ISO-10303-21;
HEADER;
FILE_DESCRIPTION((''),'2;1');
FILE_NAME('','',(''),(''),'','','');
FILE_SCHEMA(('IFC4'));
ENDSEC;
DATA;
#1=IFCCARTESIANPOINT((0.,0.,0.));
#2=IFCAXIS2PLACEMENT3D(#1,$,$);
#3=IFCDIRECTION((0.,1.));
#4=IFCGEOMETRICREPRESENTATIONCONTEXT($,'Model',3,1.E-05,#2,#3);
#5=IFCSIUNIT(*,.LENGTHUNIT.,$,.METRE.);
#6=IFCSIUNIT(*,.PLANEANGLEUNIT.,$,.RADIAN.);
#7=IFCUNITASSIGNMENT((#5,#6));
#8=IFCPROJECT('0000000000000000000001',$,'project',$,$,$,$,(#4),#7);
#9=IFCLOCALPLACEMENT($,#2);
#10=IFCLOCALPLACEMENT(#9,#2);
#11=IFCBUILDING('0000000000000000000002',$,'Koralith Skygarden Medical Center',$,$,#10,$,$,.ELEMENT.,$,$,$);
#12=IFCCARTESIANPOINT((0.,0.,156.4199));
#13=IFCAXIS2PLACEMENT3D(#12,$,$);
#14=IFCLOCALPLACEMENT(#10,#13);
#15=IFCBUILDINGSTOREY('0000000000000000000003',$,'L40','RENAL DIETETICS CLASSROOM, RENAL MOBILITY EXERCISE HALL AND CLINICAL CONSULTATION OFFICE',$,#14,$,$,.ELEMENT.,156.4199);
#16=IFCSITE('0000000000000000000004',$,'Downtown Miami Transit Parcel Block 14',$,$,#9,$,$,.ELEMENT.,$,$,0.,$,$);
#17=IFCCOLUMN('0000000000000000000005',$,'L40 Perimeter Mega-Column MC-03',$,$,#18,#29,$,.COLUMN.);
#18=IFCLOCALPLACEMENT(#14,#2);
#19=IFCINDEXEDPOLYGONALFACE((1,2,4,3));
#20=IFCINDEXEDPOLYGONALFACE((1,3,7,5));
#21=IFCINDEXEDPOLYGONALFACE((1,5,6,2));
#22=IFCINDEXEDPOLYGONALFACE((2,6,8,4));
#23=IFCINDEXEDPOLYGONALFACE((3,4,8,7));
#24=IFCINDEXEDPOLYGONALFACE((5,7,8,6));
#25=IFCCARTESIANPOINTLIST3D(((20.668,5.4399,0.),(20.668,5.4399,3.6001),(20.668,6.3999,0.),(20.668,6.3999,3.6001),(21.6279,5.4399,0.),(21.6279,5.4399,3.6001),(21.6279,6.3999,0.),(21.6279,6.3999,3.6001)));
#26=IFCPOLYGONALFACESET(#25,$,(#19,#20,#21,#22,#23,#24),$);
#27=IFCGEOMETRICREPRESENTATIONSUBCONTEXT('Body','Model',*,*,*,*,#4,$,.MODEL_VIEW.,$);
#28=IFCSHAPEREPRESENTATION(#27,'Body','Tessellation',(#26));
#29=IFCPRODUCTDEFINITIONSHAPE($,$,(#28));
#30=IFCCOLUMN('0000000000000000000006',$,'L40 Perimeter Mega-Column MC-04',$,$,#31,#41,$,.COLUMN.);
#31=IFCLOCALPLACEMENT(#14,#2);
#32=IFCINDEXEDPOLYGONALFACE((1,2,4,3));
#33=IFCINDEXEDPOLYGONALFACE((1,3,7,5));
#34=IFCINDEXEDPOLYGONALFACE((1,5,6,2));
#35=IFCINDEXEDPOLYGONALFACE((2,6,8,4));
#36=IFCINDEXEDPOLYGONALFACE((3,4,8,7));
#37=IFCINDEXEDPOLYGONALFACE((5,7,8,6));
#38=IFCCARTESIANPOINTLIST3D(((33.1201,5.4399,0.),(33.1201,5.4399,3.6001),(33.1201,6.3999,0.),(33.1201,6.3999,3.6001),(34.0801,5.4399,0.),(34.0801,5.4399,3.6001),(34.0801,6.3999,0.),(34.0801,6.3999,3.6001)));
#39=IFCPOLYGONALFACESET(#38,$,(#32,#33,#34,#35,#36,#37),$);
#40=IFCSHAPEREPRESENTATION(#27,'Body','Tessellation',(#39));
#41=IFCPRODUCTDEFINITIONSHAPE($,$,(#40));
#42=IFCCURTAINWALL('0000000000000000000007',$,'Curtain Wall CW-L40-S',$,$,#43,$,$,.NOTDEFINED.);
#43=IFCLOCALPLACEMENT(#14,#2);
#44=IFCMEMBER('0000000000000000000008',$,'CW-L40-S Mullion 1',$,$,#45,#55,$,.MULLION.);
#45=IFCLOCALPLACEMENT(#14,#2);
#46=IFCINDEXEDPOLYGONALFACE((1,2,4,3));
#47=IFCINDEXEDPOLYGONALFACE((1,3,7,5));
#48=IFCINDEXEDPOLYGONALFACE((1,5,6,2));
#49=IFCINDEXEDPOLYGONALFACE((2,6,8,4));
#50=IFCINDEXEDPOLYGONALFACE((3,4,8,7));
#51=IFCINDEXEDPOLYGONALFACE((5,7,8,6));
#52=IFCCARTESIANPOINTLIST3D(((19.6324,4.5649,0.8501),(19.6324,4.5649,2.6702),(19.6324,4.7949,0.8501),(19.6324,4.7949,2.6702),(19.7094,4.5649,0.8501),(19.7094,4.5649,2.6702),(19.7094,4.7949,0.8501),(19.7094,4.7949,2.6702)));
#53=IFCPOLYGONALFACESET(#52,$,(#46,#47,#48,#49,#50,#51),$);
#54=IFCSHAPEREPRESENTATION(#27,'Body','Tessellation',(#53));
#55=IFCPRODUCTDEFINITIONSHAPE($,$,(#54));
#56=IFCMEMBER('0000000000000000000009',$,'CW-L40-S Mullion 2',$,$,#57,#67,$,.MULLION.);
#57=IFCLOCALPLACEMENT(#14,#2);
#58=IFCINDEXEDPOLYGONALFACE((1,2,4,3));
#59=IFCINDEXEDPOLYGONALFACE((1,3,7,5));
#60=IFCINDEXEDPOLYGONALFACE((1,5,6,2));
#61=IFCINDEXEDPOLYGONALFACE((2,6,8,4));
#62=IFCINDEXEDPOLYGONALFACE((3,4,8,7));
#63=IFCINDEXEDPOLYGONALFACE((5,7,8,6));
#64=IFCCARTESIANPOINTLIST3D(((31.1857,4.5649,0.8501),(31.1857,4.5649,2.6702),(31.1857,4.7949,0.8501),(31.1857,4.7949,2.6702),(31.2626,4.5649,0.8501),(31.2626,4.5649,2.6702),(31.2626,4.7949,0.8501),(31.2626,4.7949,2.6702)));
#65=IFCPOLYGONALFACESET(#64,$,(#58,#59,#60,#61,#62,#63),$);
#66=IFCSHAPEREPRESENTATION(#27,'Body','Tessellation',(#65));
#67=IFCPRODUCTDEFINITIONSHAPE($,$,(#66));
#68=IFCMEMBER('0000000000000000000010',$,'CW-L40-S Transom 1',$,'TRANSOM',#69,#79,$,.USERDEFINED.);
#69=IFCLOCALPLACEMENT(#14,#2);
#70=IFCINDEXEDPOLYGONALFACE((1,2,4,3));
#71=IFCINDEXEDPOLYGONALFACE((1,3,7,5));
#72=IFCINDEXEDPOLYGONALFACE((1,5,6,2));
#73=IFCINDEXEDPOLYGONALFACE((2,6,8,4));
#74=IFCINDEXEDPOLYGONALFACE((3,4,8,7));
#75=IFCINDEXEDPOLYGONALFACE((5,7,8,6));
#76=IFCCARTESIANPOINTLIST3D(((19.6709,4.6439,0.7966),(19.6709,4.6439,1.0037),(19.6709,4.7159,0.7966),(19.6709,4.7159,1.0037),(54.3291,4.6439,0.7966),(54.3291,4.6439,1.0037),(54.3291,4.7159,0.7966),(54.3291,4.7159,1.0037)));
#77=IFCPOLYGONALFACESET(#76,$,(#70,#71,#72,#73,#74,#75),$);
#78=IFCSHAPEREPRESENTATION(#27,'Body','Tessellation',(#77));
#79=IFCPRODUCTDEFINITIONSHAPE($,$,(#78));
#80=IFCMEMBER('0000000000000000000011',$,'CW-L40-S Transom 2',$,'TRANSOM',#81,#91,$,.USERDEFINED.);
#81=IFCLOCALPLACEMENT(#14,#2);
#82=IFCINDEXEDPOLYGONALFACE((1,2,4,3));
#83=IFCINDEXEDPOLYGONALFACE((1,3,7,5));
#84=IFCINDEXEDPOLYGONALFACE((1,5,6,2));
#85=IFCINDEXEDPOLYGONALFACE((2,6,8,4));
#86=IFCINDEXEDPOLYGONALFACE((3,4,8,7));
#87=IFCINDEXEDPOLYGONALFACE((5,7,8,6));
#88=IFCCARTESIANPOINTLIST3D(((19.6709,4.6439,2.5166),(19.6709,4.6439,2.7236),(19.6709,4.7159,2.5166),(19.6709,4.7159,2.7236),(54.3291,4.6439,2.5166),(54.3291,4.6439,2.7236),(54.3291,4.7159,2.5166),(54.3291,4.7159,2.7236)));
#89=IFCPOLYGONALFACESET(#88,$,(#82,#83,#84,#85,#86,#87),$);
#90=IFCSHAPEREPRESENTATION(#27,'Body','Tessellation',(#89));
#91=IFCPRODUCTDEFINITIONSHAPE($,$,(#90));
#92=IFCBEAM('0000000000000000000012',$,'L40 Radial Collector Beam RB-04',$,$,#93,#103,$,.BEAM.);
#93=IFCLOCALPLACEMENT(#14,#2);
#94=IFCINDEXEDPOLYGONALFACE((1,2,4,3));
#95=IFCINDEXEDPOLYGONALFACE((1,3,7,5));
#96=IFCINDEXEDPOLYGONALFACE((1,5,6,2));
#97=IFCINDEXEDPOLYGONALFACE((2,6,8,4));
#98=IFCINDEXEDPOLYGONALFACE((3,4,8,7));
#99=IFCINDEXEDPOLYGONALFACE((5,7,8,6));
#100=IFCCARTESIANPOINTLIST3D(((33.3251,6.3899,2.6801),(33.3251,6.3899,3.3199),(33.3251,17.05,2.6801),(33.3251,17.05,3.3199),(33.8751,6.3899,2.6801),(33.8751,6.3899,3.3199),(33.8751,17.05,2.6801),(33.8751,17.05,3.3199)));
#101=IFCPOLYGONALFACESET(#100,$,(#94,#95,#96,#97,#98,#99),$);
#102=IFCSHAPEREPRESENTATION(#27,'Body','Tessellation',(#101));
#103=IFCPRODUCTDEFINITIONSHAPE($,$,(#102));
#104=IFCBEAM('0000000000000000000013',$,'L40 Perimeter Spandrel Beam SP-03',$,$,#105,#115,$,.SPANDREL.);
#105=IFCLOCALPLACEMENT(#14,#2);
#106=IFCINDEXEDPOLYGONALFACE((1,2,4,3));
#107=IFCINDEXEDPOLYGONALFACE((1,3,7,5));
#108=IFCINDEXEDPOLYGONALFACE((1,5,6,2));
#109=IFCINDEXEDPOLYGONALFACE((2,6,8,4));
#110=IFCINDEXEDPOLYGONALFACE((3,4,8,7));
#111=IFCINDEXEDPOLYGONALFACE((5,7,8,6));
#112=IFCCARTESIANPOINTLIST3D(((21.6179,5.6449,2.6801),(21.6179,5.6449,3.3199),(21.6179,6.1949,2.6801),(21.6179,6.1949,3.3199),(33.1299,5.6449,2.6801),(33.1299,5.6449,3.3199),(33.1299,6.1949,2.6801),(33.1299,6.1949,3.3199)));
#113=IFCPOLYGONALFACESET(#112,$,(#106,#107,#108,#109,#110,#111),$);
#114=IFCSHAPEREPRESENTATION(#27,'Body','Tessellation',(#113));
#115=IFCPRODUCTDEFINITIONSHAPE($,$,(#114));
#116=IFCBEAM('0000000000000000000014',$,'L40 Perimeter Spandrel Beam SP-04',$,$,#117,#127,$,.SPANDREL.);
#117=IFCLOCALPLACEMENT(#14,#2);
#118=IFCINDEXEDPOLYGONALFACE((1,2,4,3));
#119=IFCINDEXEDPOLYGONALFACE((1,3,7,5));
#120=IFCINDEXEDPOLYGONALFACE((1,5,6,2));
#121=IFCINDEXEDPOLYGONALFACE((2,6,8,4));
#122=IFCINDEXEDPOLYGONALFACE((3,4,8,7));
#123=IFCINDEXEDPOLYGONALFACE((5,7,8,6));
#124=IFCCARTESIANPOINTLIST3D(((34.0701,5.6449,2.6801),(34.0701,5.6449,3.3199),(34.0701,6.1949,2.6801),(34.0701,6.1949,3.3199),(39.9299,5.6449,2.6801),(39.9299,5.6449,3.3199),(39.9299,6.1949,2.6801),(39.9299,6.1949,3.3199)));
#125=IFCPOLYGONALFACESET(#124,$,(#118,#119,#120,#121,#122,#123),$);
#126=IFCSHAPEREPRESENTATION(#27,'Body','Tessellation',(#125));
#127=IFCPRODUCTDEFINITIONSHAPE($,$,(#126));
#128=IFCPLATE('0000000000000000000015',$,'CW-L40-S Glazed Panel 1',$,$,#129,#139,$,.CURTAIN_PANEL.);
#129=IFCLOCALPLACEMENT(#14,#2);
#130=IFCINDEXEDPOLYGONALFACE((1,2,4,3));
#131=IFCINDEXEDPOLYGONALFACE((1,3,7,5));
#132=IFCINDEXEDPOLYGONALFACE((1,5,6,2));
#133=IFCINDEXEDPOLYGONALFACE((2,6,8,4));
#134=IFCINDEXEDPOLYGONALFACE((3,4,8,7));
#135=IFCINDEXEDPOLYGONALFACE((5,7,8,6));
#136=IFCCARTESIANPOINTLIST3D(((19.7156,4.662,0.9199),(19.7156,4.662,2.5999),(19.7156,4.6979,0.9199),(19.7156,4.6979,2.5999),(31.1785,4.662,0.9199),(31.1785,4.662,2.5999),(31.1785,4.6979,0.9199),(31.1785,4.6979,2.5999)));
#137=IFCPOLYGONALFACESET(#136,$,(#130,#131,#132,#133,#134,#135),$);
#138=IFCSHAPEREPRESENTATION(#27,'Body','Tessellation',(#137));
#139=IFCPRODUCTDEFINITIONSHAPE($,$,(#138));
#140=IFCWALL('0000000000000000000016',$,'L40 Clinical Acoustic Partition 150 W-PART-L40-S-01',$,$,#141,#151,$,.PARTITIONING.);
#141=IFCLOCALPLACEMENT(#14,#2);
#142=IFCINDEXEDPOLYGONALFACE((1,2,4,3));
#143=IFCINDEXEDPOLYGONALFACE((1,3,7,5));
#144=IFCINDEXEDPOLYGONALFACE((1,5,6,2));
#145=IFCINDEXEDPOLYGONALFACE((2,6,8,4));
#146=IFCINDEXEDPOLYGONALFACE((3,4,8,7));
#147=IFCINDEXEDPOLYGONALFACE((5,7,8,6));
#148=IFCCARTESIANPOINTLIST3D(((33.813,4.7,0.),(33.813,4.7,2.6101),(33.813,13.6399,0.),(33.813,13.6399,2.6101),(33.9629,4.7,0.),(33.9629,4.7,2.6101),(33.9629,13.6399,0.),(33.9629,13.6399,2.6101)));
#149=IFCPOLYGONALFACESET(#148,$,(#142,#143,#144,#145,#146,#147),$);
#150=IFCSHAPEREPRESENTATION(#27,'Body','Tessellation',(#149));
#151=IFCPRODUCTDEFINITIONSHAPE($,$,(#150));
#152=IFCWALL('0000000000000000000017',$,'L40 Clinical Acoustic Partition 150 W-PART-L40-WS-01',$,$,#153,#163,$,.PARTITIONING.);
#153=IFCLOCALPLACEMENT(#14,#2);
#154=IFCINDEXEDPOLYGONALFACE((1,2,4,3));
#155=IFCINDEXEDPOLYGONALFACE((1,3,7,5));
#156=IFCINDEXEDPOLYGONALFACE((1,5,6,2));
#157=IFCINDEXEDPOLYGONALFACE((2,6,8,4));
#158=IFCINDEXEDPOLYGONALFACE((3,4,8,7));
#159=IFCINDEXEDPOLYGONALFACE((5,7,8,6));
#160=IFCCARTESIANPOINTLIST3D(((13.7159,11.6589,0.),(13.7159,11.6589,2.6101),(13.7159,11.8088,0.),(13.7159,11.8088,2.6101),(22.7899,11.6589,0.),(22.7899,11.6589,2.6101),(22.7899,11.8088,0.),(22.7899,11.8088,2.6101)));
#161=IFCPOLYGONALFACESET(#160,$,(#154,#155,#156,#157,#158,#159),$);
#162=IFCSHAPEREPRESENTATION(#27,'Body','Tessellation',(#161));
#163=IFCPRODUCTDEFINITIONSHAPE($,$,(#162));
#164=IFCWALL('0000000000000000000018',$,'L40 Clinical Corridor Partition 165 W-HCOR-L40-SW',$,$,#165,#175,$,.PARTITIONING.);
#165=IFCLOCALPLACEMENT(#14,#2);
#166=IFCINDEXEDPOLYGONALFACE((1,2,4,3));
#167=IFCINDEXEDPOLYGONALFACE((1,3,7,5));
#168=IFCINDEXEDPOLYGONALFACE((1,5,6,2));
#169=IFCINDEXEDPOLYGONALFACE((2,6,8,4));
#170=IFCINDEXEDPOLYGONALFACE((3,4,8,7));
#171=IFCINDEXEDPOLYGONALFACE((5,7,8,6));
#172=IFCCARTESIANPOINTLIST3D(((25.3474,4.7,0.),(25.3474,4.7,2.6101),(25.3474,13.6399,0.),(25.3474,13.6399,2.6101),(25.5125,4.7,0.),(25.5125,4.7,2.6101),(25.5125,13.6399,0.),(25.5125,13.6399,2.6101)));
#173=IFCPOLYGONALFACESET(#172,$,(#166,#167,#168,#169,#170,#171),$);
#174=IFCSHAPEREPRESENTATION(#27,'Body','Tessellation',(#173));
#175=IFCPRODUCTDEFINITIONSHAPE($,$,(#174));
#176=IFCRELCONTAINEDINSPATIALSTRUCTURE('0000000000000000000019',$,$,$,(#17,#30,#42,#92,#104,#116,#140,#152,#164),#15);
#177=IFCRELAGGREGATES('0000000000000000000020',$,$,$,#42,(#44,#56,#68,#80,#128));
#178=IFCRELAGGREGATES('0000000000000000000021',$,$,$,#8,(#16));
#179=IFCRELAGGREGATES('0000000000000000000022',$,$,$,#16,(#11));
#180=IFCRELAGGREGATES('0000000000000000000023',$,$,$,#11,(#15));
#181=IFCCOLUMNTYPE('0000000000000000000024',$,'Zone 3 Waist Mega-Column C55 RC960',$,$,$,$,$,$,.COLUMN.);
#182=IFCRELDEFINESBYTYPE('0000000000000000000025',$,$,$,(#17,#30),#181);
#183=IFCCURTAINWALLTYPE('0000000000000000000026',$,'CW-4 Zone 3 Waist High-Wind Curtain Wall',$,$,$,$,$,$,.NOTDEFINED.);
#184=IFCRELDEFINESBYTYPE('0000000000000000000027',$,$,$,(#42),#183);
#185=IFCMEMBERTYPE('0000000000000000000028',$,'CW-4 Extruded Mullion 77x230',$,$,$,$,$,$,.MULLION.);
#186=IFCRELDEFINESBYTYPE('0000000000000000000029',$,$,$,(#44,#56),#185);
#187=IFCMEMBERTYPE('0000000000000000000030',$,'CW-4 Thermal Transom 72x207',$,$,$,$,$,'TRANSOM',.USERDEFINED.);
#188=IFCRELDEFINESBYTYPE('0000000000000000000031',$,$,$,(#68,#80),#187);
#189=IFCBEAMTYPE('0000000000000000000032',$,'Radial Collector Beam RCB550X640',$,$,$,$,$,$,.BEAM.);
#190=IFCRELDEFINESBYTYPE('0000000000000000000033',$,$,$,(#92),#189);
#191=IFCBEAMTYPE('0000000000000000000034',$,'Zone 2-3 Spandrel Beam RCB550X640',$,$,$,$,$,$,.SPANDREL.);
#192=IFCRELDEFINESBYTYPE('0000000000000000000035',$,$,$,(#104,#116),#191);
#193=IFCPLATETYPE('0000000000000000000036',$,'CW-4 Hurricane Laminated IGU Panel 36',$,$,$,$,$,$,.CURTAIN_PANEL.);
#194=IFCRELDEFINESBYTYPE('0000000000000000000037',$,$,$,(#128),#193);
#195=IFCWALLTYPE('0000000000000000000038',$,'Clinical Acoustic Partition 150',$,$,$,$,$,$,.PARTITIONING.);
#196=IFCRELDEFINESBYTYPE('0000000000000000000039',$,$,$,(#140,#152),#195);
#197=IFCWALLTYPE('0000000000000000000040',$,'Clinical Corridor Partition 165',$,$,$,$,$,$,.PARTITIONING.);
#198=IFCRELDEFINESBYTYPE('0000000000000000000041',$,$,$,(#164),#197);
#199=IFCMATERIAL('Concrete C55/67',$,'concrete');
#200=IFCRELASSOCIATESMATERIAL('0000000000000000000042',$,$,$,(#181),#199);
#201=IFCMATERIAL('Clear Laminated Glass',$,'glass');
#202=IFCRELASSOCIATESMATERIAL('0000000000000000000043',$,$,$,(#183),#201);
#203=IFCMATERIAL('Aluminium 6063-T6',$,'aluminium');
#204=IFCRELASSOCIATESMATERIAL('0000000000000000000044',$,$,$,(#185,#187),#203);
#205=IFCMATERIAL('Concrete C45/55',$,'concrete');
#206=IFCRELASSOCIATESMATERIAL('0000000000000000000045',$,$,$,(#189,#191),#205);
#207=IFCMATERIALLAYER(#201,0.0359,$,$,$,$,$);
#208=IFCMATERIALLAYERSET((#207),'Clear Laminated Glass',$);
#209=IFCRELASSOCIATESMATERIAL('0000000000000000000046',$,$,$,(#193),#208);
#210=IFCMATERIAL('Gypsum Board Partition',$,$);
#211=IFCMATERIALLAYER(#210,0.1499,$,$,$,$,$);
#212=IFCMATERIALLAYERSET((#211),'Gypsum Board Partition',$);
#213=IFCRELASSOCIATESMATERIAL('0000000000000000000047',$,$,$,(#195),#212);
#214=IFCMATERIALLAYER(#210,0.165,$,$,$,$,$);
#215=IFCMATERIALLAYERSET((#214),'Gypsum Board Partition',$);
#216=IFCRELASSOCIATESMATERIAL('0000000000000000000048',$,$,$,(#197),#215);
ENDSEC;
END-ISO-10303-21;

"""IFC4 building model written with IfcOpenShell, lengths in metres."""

from ifc_helpers import new_model, si_unit, direction, frame, frame_2d, origin, origin_2d, place, context, subcontext, project, spatial, rectangle, extrude, material, layer, layer_set, material_profile, profile_set, type_object, element, aggregate, save


model = new_model("IFC4")

# Units and contexts
model_context = context("Model", 3, precision=1e-05, world=origin(), true_north=direction((0.0, 1.0)))
body_context = subcontext(model_context, "Body", "Model", "MODEL_VIEW")
ifc_project = project(units=[si_unit("LENGTHUNIT", "METRE"), si_unit("PLANEANGLEUNIT", "RADIAN")], contexts=[model_context])

# Site, building, storey
site_placement = place(None, origin())
site = spatial("IfcSite", under=ifc_project, at=site_placement, Name="Downtown Miami Transit Parcel Block 14", CompositionType="ELEMENT", RefElevation=0.0)
building_placement = place(site_placement, origin())
building = spatial("IfcBuilding", under=site, at=building_placement, Name="Koralith Skygarden Medical Center", CompositionType="ELEMENT")
storey_placement = place(building_placement, frame((0.0, 0.0, 156.4199)))
storey = spatial("IfcBuildingStorey", under=building, at=storey_placement, Name="L40", Description="RENAL DIETETICS CLASSROOM, RENAL MOBILITY EXERCISE HALL AND CLINICAL CONSULTATION OFFICE", CompositionType="ELEMENT", Elevation=156.4199)

# Columns
ifc_material_1 = material(Name="Concrete C55/67", Category="concrete")
ifc_material_profile_1 = material_profile(ifc_material_1, rectangle(XDim=0.96, YDim=0.96, at=origin_2d()), Name="RC960X960")
ifc_profile_set_1 = profile_set([ifc_material_profile_1], Name="Concrete C55/67")
column_type = type_object("IfcColumnType", Name="Zone 3 Waist Mega-Column C55 RC960", PredefinedType="COLUMN", material=ifc_profile_set_1)
for number, where, z_axis, x_axis, name in (
    (1, (21.1479, 5.9199, 0.0), (0.0, 0.0, 1.0), (1.0, 0.0, 0.0), "L40 Perimeter Mega-Column MC-03"),
    (2, (33.6001, 5.9199, 0.0), (0.0, 0.0, 1.0), (1.0, 0.0, 0.0), "L40 Perimeter Mega-Column MC-04"),
):
    element("IfcColumn", number, at=place(storey_placement, frame(where, z_axis=z_axis, x_axis=x_axis)), inside=storey, type_object=column_type, Name=name, PredefinedType="COLUMN", context=body_context, shape_type="SweptSolid", body=[
        extrude(rectangle(XDim=0.96, YDim=0.96, at=origin_2d()), origin(), (0.0, 0.0, 1.0), 3.6001),
    ])

# Curtain wall, members
ifc_material_2 = material(Name="Clear Laminated Glass", Category="glass")
curtain_wall_type = type_object("IfcCurtainWallType", Name="CW-4 Zone 3 Waist High-Wind Curtain Wall", PredefinedType="NOTDEFINED", material=ifc_material_2)
curtain_wall_placement = place(storey_placement, origin())
curtain_wall = element("IfcCurtainWall", 3, at=curtain_wall_placement, inside=storey, type_object=curtain_wall_type, Name="Curtain Wall CW-L40-S", PredefinedType="NOTDEFINED")
ifc_material_3 = material(Name="Aluminium 6063-T6", Category="aluminium")
ifc_material_profile_2 = material_profile(ifc_material_3, rectangle(XDim=0.0769, YDim=0.23, at=origin_2d()), Name="MUL77X230")
ifc_profile_set_2 = profile_set([ifc_material_profile_2], Name="Aluminium 6063-T6")
member_type_1 = type_object("IfcMemberType", Name="CW-4 Extruded Mullion 77x230", PredefinedType="MULLION", material=ifc_profile_set_2)
member_1_placement = place(storey_placement, frame((19.6709, 4.6799, 0.8501), z_axis=(0.0, 0.0, 1.0), x_axis=(1.0, 0.0, 0.0)))
member_1 = element("IfcMember", 4, at=member_1_placement, type_object=member_type_1, Name="CW-L40-S Mullion 1", PredefinedType="MULLION", context=body_context, shape_type="SweptSolid", body=[
    extrude(rectangle(XDim=0.0769, YDim=0.23, at=origin_2d()), origin(), (0.0, 0.0, 1.0), 1.8201),
])
member_2_placement = place(storey_placement, frame((31.2241, 4.6799, 0.8501), z_axis=(0.0, 0.0, 1.0), x_axis=(1.0, 0.0, 0.0)))
member_2 = element("IfcMember", 5, at=member_2_placement, type_object=member_type_1, Name="CW-L40-S Mullion 2", PredefinedType="MULLION", context=body_context, shape_type="SweptSolid", body=[
    extrude(rectangle(XDim=0.0769, YDim=0.23, at=origin_2d()), origin(), (0.0, 0.0, 1.0), 1.8201),
])
ifc_material_profile_3 = material_profile(ifc_material_3, rectangle(XDim=0.072, YDim=0.207, at=origin_2d()), Name="TRN72X207")
ifc_profile_set_3 = profile_set([ifc_material_profile_3], Name="Aluminium 6063-T6")
member_type_2 = type_object("IfcMemberType", Name="CW-4 Thermal Transom 72x207", ElementType="TRANSOM", PredefinedType="USERDEFINED", material=ifc_profile_set_3)
member_3_placement = place(storey_placement, frame((19.6709, 4.6799, 0.9001), z_axis=(1.0, 0.0, 0.0), x_axis=(0.0, 1.0, 0.0)))
member_3 = element("IfcMember", 6, at=member_3_placement, type_object=member_type_2, Name="CW-L40-S Transom 1", ObjectType="TRANSOM", PredefinedType="USERDEFINED", context=body_context, shape_type="SweptSolid", body=[
    extrude(rectangle(XDim=0.072, YDim=0.207, at=origin_2d()), origin(), (0.0, 0.0, 1.0), 34.6582),
])
member_4_placement = place(storey_placement, frame((19.6709, 4.6799, 2.6201), z_axis=(1.0, 0.0, 0.0), x_axis=(0.0, 1.0, 0.0)))
member_4 = element("IfcMember", 7, at=member_4_placement, type_object=member_type_2, Name="CW-L40-S Transom 2", ObjectType="TRANSOM", PredefinedType="USERDEFINED", context=body_context, shape_type="SweptSolid", body=[
    extrude(rectangle(XDim=0.072, YDim=0.207, at=origin_2d()), origin(), (0.0, 0.0, 1.0), 34.6582),
])

# Beams
ifc_material_4 = material(Name="Concrete C45/55", Category="concrete")
ifc_material_profile_4 = material_profile(ifc_material_4, rectangle(XDim=0.55, YDim=0.6399, at=origin_2d()), Name="RCB550X640")
ifc_profile_set_4 = profile_set([ifc_material_profile_4], Name="Concrete C45/55")
beam_type_1 = type_object("IfcBeamType", Name="Radial Collector Beam RCB550X640", PredefinedType="BEAM", material=ifc_profile_set_4)
beam_1_placement = place(storey_placement, frame((33.6001, 17.05, 3.0), z_axis=(0.0, -1.0, 0.0), x_axis=(1.0, 0.0, 0.0)))
element("IfcBeam", 8, at=beam_1_placement, inside=storey, type_object=beam_type_1, Name="L40 Radial Collector Beam RB-04", PredefinedType="BEAM", context=body_context, shape_type="SweptSolid", body=[
    extrude(rectangle(XDim=0.55, YDim=0.6399, at=origin_2d()), origin(), (0.0, 0.0, 1.0), 10.6602),
])
ifc_material_profile_5 = material_profile(ifc_material_4, rectangle(XDim=0.55, YDim=0.6399, at=origin_2d()), Name="RCB550X640")
ifc_profile_set_5 = profile_set([ifc_material_profile_5], Name="Concrete C45/55")
beam_type_2 = type_object("IfcBeamType", Name="Zone 2-3 Spandrel Beam RCB550X640", PredefinedType="SPANDREL", material=ifc_profile_set_5)
beam_2_placement = place(storey_placement, frame((21.6179, 5.9199, 3.0), z_axis=(1.0, 0.0, 0.0), x_axis=(0.0, 1.0, 0.0)))
element("IfcBeam", 9, at=beam_2_placement, inside=storey, type_object=beam_type_2, Name="L40 Perimeter Spandrel Beam SP-03", PredefinedType="SPANDREL", context=body_context, shape_type="SweptSolid", body=[
    extrude(rectangle(XDim=0.55, YDim=0.6399, at=origin_2d()), origin(), (0.0, 0.0, 1.0), 11.512),
])
beam_3_placement = place(storey_placement, frame((34.0701, 5.9199, 3.0), z_axis=(1.0, 0.0, 0.0), x_axis=(0.0, 1.0, 0.0)))
element("IfcBeam", 10, at=beam_3_placement, inside=storey, type_object=beam_type_2, Name="L40 Perimeter Spandrel Beam SP-04", PredefinedType="SPANDREL", context=body_context, shape_type="SweptSolid", body=[
    extrude(rectangle(XDim=0.55, YDim=0.6399, at=origin_2d()), origin(), (0.0, 0.0, 1.0), 5.8599),
])

# Plate
ifc_layer_1 = layer(ifc_material_2, 0.0359)
ifc_layer_set_1 = layer_set([ifc_layer_1], Name="Clear Laminated Glass")
plate_type = type_object("IfcPlateType", Name="CW-4 Hurricane Laminated IGU Panel 36", PredefinedType="CURTAIN_PANEL", material=ifc_layer_set_1)
plate_placement = place(storey_placement, frame((25.447, 4.6799, 0.9199), z_axis=(0.0, 0.0, 1.0), x_axis=(1.0, 0.0, 0.0)))
plate = element("IfcPlate", 11, at=plate_placement, type_object=plate_type, Name="CW-L40-S Glazed Panel 1", PredefinedType="CURTAIN_PANEL", context=body_context, shape_type="SweptSolid", body=[
    extrude(rectangle(XDim=11.4629, YDim=0.0359, at=origin_2d()), origin(), (0.0, 0.0, 1.0), 1.6799),
])
aggregate(curtain_wall, [member_1, member_2, member_3, member_4, plate])

# Walls
ifc_material_5 = material(Name="Gypsum Board Partition")
ifc_layer_2 = layer(ifc_material_5, 0.1499)
ifc_layer_set_2 = layer_set([ifc_layer_2], Name="Gypsum Board Partition")
wall_type_1 = type_object("IfcWallType", Name="Clinical Acoustic Partition 150", PredefinedType="PARTITIONING", material=ifc_layer_set_2)
wall_1_placement = place(storey_placement, frame((33.8879, 13.6399, 0.0), z_axis=(0.0, 0.0, 1.0), x_axis=(0.0, -1.0, 0.0)))
element("IfcWall", 12, at=wall_1_placement, inside=storey, type_object=wall_type_1, Name="L40 Clinical Acoustic Partition 150 W-PART-L40-S-01", PredefinedType="PARTITIONING", context=body_context, shape_type="SweptSolid", body=[
    extrude(rectangle(XDim=8.9399, YDim=0.1499, at=frame_2d((4.47, 0.0))), origin(), (0.0, 0.0, 1.0), 2.6101),
])
wall_2_placement = place(storey_placement, frame((22.79, 11.7339, 0.0), z_axis=(0.0, 0.0, 1.0), x_axis=(-1.0, 0.0, 0.0)))
element("IfcWall", 13, at=wall_2_placement, inside=storey, type_object=wall_type_1, Name="L40 Clinical Acoustic Partition 150 W-PART-L40-WS-01", PredefinedType="PARTITIONING", context=body_context, shape_type="SweptSolid", body=[
    extrude(rectangle(XDim=9.074, YDim=0.1499, at=frame_2d((4.5371, 0.0))), origin(), (0.0, 0.0, 1.0), 2.6101),
])
ifc_layer_3 = layer(ifc_material_5, 0.165)
ifc_layer_set_3 = layer_set([ifc_layer_3], Name="Gypsum Board Partition")
wall_type_2 = type_object("IfcWallType", Name="Clinical Corridor Partition 165", PredefinedType="PARTITIONING", material=ifc_layer_set_3)
wall_3_placement = place(storey_placement, frame((25.4299, 4.7, 0.0), z_axis=(0.0, 0.0, 1.0), x_axis=(0.0, 1.0, 0.0)))
element("IfcWall", 14, at=wall_3_placement, inside=storey, type_object=wall_type_2, Name="L40 Clinical Corridor Partition 165 W-HCOR-L40-SW", PredefinedType="PARTITIONING", context=body_context, shape_type="SweptSolid", body=[
    extrude(rectangle(XDim=8.9399, YDim=0.165, at=frame_2d((4.47, 0.0))), origin(), (0.0, 0.0, 1.0), 2.6101),
])

save(model, "model.ifc")
